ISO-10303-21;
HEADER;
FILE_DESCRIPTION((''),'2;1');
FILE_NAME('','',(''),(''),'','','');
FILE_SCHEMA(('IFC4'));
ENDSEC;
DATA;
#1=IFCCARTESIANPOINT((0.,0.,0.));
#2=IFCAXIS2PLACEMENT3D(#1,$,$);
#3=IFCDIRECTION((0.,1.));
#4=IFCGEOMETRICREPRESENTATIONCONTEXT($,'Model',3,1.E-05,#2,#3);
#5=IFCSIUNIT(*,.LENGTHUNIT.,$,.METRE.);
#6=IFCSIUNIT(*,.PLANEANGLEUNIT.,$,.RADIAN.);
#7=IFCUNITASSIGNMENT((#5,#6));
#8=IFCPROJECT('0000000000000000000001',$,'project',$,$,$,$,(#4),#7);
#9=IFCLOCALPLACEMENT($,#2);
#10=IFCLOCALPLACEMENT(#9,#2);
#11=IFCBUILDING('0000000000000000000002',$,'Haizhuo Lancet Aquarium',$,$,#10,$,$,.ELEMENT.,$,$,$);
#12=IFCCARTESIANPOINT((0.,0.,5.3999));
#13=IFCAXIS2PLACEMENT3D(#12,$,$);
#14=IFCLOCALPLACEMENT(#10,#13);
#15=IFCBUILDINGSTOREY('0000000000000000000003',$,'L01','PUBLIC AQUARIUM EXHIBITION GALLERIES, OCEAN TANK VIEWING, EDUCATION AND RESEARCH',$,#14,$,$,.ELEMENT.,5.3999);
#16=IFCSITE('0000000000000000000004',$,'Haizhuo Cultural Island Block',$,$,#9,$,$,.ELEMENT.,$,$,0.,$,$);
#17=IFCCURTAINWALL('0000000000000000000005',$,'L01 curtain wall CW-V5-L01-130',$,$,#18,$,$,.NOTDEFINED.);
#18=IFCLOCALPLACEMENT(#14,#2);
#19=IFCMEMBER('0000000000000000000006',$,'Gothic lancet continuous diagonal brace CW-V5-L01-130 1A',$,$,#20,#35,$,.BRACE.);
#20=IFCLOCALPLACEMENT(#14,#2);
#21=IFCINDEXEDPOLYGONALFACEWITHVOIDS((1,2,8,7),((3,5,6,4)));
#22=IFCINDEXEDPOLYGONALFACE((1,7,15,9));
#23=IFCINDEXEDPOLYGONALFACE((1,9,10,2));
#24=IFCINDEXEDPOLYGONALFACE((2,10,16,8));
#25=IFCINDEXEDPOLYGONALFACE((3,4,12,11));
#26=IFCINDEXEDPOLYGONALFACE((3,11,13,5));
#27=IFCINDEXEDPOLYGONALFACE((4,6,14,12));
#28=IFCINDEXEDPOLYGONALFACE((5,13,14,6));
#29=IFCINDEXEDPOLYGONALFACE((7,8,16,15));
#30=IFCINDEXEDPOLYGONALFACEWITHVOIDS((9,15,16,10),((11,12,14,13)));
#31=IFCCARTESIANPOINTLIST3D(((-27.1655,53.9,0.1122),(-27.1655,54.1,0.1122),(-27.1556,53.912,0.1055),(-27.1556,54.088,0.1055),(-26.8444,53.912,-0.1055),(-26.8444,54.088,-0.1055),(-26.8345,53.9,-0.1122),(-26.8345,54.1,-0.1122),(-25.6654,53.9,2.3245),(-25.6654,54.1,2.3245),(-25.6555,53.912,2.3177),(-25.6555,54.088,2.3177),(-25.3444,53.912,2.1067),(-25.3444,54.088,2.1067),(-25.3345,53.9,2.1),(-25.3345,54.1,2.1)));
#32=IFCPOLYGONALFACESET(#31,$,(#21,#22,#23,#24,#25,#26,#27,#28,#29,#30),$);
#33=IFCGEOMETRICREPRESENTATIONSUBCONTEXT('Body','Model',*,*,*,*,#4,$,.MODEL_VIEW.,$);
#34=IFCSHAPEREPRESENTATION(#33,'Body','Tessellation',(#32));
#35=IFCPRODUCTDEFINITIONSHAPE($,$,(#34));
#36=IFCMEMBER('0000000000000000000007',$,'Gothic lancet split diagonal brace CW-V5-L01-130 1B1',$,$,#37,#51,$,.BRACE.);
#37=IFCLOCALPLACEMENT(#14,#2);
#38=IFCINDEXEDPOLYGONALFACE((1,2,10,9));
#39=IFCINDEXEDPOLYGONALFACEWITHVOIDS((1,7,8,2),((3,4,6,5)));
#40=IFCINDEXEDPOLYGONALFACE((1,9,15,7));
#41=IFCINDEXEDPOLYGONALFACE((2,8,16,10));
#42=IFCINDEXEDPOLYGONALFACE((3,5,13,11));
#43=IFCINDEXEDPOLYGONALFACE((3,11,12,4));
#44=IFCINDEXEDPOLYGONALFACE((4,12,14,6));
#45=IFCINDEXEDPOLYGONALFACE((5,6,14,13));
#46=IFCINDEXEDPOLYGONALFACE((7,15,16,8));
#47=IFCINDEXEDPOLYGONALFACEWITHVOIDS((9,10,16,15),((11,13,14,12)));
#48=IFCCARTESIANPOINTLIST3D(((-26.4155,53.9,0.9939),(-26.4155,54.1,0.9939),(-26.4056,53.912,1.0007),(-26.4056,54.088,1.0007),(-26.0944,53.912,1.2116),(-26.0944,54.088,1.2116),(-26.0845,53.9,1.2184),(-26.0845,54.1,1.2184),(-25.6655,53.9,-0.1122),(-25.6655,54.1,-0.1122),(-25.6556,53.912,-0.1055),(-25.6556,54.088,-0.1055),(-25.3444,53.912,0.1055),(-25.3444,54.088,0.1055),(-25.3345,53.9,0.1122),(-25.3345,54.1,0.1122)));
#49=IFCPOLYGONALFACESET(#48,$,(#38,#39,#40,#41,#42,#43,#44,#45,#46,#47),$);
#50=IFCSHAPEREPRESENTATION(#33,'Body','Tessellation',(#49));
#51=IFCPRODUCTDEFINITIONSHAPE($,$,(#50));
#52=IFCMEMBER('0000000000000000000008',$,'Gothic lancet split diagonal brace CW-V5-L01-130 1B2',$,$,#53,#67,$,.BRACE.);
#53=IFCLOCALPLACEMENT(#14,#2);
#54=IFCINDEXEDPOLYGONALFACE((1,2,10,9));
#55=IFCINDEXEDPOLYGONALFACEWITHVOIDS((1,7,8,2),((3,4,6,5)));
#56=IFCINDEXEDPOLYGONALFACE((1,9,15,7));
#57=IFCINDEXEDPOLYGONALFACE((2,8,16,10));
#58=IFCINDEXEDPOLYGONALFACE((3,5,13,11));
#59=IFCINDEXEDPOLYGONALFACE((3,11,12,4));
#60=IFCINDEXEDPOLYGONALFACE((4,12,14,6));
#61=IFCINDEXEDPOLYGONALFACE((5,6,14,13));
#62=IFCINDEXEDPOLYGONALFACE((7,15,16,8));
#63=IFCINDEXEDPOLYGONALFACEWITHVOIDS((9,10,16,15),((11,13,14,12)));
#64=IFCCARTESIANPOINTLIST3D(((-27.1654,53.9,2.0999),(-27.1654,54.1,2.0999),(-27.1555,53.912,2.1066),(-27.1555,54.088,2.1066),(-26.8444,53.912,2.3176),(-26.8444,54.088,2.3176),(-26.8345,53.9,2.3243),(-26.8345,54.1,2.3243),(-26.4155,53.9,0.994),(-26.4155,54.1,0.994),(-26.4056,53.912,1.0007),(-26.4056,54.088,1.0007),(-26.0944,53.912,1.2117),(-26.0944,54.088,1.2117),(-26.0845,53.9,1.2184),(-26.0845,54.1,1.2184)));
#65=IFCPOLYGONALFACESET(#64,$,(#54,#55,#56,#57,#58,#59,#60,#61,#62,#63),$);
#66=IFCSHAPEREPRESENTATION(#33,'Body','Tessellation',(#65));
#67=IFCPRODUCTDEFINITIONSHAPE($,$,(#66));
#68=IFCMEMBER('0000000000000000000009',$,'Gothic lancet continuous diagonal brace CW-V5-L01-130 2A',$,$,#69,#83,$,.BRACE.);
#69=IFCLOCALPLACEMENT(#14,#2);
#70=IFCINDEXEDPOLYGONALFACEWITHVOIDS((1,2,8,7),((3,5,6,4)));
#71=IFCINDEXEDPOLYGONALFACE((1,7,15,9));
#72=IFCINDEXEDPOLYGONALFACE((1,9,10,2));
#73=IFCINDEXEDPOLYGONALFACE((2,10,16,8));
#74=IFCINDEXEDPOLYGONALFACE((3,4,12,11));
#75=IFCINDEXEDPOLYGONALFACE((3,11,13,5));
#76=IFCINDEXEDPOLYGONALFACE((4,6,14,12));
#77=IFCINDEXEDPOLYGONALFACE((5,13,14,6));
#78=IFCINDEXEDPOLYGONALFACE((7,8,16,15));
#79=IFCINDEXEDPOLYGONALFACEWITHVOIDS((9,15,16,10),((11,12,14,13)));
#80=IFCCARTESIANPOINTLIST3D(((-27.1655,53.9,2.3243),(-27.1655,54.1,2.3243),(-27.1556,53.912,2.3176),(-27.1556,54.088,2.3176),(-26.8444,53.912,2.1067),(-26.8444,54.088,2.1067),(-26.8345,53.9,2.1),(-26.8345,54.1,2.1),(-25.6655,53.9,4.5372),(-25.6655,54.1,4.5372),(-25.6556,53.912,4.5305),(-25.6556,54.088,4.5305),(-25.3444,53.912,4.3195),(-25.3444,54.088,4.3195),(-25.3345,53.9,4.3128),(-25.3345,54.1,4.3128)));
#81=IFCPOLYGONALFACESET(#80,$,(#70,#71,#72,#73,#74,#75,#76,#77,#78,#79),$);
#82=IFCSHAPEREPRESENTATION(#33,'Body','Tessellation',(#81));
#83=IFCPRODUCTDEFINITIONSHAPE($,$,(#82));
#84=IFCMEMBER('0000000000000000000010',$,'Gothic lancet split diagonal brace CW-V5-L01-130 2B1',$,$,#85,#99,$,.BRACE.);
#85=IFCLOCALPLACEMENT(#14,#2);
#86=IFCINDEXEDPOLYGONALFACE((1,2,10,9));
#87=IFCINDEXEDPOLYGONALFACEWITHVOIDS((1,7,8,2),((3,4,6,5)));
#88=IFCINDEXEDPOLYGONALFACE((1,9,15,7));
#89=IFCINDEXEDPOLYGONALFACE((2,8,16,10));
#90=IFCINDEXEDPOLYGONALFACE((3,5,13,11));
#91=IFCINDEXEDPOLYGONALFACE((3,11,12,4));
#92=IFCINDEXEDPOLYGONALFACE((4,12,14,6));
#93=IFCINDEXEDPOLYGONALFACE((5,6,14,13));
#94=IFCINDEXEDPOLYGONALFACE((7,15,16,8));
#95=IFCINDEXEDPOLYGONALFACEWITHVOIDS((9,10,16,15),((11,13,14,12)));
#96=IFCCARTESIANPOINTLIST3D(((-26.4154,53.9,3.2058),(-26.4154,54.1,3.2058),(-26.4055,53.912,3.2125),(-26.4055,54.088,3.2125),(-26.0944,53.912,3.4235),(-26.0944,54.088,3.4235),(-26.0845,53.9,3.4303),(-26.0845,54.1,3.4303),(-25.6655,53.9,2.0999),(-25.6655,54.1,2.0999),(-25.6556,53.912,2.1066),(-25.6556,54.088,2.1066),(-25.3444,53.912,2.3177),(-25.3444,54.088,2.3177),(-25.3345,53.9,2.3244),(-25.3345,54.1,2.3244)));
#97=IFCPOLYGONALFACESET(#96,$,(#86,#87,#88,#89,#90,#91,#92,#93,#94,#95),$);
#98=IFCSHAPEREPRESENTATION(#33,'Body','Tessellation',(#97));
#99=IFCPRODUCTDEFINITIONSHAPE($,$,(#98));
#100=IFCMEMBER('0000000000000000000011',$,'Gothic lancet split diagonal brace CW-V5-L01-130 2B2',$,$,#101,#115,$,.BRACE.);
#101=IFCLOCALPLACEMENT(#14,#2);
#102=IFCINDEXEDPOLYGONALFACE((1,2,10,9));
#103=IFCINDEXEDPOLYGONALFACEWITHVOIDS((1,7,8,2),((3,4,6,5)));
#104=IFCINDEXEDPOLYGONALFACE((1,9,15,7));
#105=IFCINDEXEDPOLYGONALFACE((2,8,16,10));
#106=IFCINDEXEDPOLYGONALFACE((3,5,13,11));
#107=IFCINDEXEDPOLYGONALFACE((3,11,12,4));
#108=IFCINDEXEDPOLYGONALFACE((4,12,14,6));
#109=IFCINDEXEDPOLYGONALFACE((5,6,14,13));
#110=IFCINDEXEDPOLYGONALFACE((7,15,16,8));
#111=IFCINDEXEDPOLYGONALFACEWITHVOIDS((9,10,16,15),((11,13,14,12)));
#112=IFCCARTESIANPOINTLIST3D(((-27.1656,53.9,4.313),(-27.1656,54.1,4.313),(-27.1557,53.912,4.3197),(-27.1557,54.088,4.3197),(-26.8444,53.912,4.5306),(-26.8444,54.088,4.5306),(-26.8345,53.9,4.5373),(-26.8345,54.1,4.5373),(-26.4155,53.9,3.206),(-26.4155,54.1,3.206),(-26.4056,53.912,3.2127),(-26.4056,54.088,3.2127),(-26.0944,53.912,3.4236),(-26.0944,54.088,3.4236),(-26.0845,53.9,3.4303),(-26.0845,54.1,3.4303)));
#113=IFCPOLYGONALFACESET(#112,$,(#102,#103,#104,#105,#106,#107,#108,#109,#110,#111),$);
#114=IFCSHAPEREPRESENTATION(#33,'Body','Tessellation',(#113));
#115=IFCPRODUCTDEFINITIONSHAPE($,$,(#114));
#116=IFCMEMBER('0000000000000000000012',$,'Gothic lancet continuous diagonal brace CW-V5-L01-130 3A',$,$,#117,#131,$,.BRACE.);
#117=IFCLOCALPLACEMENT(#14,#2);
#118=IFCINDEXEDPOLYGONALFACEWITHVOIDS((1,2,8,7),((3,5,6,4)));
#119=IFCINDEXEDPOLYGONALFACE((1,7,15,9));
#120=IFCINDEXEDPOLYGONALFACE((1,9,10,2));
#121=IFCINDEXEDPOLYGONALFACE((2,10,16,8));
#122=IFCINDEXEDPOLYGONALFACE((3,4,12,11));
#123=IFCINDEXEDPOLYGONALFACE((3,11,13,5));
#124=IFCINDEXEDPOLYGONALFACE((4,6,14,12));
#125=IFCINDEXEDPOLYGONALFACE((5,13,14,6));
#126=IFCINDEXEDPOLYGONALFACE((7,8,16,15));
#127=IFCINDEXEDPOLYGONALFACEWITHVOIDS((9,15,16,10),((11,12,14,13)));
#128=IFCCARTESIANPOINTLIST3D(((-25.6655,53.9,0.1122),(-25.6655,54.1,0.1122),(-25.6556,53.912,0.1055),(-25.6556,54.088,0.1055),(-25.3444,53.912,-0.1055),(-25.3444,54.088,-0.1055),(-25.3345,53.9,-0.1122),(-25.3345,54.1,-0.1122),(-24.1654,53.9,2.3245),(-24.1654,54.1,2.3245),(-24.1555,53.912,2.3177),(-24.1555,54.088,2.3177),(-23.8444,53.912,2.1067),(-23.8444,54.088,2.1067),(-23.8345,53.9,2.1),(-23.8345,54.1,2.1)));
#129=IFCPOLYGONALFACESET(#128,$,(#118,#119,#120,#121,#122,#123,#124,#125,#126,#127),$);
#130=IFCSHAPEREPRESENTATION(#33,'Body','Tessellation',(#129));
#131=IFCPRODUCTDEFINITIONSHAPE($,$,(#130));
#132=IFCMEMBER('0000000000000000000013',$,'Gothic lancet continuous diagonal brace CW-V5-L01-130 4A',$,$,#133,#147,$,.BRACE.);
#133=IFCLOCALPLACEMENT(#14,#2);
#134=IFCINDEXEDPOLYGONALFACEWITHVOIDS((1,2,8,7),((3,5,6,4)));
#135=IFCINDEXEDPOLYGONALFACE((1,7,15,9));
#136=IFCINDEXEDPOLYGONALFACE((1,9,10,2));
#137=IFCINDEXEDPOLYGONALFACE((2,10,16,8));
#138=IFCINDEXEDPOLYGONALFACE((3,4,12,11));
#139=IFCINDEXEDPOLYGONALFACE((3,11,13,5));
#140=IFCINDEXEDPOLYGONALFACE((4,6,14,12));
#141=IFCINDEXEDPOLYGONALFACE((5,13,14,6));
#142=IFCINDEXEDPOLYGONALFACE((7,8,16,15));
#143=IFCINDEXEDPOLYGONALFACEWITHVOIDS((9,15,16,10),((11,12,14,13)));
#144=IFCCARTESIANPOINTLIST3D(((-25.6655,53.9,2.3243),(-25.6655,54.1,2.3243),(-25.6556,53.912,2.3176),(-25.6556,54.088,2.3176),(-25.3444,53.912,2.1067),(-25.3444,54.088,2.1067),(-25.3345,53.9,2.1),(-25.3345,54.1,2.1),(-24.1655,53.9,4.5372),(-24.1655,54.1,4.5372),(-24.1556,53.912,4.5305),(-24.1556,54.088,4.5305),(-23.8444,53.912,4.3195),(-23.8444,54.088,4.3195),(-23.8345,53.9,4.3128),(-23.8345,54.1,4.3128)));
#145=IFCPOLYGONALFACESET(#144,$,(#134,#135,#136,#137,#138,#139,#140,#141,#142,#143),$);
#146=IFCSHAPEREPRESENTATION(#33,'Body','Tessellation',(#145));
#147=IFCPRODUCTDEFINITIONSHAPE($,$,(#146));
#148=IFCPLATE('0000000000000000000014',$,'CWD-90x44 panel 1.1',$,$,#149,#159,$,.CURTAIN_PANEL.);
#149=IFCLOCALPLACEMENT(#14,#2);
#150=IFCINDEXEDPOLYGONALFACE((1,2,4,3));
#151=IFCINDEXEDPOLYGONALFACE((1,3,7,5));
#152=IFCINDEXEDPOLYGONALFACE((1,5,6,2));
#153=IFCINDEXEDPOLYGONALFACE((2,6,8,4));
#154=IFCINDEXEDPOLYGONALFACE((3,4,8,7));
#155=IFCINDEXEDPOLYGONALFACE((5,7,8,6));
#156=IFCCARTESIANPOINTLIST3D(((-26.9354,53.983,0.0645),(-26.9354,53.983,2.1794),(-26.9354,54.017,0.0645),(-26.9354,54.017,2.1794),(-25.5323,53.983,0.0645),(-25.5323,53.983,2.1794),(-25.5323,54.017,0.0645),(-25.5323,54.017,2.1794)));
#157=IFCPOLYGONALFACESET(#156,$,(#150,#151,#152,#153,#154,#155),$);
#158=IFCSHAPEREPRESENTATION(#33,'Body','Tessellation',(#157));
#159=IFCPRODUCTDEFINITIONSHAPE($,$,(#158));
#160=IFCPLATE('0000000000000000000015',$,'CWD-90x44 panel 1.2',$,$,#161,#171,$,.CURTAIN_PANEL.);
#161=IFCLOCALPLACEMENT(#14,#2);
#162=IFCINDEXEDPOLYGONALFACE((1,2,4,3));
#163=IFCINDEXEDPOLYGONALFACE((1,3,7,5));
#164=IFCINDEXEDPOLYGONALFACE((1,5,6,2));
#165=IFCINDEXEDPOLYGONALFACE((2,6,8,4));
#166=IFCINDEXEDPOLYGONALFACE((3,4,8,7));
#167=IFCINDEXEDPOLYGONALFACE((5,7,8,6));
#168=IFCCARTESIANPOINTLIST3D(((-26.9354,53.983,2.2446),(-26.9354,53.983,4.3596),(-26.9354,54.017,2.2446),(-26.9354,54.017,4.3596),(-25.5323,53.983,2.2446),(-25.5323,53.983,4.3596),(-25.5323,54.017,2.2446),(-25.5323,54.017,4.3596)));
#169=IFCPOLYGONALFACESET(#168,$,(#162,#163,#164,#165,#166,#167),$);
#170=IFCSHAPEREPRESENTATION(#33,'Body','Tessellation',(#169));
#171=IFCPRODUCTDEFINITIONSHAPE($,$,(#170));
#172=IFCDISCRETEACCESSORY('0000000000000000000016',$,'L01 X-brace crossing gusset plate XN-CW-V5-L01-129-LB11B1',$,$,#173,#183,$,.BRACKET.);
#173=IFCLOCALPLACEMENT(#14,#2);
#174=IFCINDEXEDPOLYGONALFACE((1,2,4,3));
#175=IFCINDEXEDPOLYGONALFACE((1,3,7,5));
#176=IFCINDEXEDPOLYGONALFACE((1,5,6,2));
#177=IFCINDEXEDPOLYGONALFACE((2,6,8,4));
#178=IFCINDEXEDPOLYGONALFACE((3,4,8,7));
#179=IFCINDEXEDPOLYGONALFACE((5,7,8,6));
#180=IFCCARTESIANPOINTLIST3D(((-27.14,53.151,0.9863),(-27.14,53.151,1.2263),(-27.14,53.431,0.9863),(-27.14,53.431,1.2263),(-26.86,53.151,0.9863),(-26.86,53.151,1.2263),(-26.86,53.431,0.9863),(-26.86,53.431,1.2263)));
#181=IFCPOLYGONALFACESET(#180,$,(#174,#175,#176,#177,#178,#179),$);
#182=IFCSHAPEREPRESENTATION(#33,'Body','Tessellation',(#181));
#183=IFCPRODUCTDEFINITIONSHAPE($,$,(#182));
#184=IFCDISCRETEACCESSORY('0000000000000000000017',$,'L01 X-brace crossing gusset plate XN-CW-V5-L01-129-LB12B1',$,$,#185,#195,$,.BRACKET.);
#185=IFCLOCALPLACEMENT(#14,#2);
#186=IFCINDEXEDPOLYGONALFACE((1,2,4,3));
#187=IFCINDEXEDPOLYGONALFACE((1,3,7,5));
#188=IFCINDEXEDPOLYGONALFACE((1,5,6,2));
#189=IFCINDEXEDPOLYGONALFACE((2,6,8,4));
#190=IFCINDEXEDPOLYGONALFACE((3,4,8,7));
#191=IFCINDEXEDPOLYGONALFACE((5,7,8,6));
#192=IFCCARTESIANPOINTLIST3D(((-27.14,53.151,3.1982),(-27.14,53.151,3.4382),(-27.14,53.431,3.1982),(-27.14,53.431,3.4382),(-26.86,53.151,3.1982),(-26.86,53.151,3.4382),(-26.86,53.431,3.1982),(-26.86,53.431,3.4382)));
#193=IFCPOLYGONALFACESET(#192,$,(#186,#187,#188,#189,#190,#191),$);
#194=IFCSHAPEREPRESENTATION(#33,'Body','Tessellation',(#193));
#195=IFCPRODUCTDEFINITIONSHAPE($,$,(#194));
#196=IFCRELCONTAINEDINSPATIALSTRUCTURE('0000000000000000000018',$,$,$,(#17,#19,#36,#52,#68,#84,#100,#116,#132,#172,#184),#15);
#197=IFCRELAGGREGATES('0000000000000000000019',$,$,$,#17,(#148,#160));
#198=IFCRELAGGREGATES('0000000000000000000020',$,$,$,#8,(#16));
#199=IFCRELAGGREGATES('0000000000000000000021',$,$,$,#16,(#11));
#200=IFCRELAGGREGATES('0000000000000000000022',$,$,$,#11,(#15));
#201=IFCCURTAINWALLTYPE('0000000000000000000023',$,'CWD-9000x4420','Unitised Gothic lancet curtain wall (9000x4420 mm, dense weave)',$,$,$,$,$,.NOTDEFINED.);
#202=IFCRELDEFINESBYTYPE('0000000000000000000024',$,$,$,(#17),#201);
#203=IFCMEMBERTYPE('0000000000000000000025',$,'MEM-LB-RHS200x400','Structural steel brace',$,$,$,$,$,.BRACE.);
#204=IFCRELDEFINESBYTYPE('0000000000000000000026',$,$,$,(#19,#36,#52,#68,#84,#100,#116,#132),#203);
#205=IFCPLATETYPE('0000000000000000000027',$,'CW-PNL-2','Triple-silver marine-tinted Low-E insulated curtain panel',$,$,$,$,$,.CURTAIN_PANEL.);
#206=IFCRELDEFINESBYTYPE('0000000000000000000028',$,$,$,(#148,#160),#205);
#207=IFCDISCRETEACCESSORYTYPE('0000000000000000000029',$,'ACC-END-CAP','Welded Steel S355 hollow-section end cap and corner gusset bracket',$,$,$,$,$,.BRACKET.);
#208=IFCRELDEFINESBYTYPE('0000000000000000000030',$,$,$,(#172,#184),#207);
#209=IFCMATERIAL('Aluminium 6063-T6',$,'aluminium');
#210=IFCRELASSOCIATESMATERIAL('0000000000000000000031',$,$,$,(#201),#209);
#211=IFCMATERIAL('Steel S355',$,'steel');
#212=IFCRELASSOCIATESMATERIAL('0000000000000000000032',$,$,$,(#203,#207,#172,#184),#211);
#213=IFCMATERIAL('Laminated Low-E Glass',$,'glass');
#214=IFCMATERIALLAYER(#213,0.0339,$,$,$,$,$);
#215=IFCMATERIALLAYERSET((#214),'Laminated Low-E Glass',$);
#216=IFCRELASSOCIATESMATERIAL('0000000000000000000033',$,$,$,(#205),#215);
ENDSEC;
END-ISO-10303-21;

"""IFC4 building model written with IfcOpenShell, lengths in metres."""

from ifc_helpers import new_model, si_unit, direction, frame, origin, origin_2d, place, context, subcontext, project, spatial, rectangle, hollow_rectangle, extrude, material, layer, layer_set, material_profile, profile_set, type_object, element, aggregate, save


model = new_model("IFC4")

# Units and contexts
model_context = context("Model", 3, precision=1e-05, world=origin(), true_north=direction((0.0, 1.0)))
body_context = subcontext(model_context, "Body", "Model", "MODEL_VIEW")
ifc_project = project(units=[si_unit("LENGTHUNIT", "METRE"), si_unit("PLANEANGLEUNIT", "RADIAN")], contexts=[model_context])

# Site, building, storey
site_placement = place(None, origin())
site = spatial("IfcSite", under=ifc_project, at=site_placement, Name="Haizhuo Cultural Island Block", CompositionType="ELEMENT", RefElevation=0.0)
building_placement = place(site_placement, origin())
building = spatial("IfcBuilding", under=site, at=building_placement, Name="Haizhuo Lancet Aquarium", CompositionType="ELEMENT")
storey_placement = place(building_placement, frame((0.0, 0.0, 5.3999)))
storey = spatial("IfcBuildingStorey", under=building, at=storey_placement, Name="L01", Description="PUBLIC AQUARIUM EXHIBITION GALLERIES, OCEAN TANK VIEWING, EDUCATION AND RESEARCH", CompositionType="ELEMENT", Elevation=5.3999)

# Curtain wall
ifc_material_1 = material(Name="Aluminium 6063-T6", Category="aluminium")
curtain_wall_type_1 = type_object("IfcCurtainWallType", Name="CWD-9000x4420", Description="Unitised Gothic lancet curtain wall (9000x4420 mm, dense weave)", PredefinedType="NOTDEFINED", material=ifc_material_1)
curtain_wall_1_placement = place(storey_placement, origin())
curtain_wall_1 = element("IfcCurtainWall", 1, at=curtain_wall_1_placement, inside=storey, type_object=curtain_wall_type_1, Name="L01 curtain wall CW-V5-L01-130", PredefinedType="NOTDEFINED")

# Members
ifc_material_2 = material(Name="Steel S355", Category="steel")
ifc_material_profile_1 = material_profile(ifc_material_2, hollow_rectangle(XDim=0.2, YDim=0.3999, WallThickness=0.012, at=origin_2d()), Name="RHS 200x400x12")
ifc_profile_set_1 = profile_set([ifc_material_profile_1], Name="Steel S355")
member_type_1 = type_object("IfcMemberType", Name="MEM-LB-RHS200x400", Description="Structural steel brace", PredefinedType="BRACE", material=ifc_profile_set_1)
member_1_placement = place(storey_placement, frame((-27.0, 54.0, 0.0), z_axis=(0.561218, 0.0, 0.827668), x_axis=(0.0, 1.0, 0.0)))
element("IfcMember", 2, at=member_1_placement, inside=storey, type_object=member_type_1, Name="Gothic lancet continuous diagonal brace CW-V5-L01-130 1A", PredefinedType="BRACE", context=body_context, shape_type="SweptSolid", body=[
    extrude(hollow_rectangle(XDim=0.2, YDim=0.3999, WallThickness=0.012, at=origin_2d()), origin(), (0.0, 0.0, 1.0), 2.6729),
])
member_2_placement = place(storey_placement, frame((-25.5, 54.0, 0.0), z_axis=(-0.561175, 0.0, 0.827697), x_axis=(0.0, -1.0, 0.0)))
element("IfcMember", 3, at=member_2_placement, inside=storey, type_object=member_type_1, Name="Gothic lancet split diagonal brace CW-V5-L01-130 1B1", PredefinedType="BRACE", context=body_context, shape_type="SweptSolid", body=[
    extrude(hollow_rectangle(XDim=0.2, YDim=0.3999, WallThickness=0.012, at=origin_2d()), origin(), (0.0, 0.0, 1.0), 1.3364),
])
member_3_placement = place(storey_placement, frame((-26.25, 54.0, 1.1062), z_axis=(-0.56126, 0.0, 0.827639), x_axis=(0.0, -1.0, 0.0)))
element("IfcMember", 4, at=member_3_placement, inside=storey, type_object=member_type_1, Name="Gothic lancet split diagonal brace CW-V5-L01-130 1B2", PredefinedType="BRACE", context=body_context, shape_type="SweptSolid", body=[
    extrude(hollow_rectangle(XDim=0.2, YDim=0.3999, WallThickness=0.012, at=origin_2d()), origin(), (0.0, 0.0, 1.0), 1.3362),
])
member_4_placement = place(storey_placement, frame((-27.0, 54.0, 2.2122), z_axis=(0.56109, 0.0, 0.827755), x_axis=(0.0, 1.0, 0.0)))
element("IfcMember", 5, at=member_4_placement, inside=storey, type_object=member_type_1, Name="Gothic lancet continuous diagonal brace CW-V5-L01-130 2A", PredefinedType="BRACE", context=body_context, shape_type="SweptSolid", body=[
    extrude(hollow_rectangle(XDim=0.2, YDim=0.3999, WallThickness=0.012, at=origin_2d()), origin(), (0.0, 0.0, 1.0), 2.6733),
])
member_5_placement = place(storey_placement, frame((-25.5, 54.0, 2.2122), z_axis=(-0.56126, 0.0, 0.827639), x_axis=(0.0, -1.0, 0.0)))
element("IfcMember", 6, at=member_5_placement, inside=storey, type_object=member_type_1, Name="Gothic lancet split diagonal brace CW-V5-L01-130 2B1", PredefinedType="BRACE", context=body_context, shape_type="SweptSolid", body=[
    extrude(hollow_rectangle(XDim=0.2, YDim=0.3999, WallThickness=0.012, at=origin_2d()), origin(), (0.0, 0.0, 1.0), 1.3362),
])
member_6_placement = place(storey_placement, frame((-26.25, 54.0, 3.3181), z_axis=(-0.560921, 0.0, 0.827869), x_axis=(0.0, -1.0, 0.0)))
element("IfcMember", 7, at=member_6_placement, inside=storey, type_object=member_type_1, Name="Gothic lancet split diagonal brace CW-V5-L01-130 2B2", PredefinedType="BRACE", context=body_context, shape_type="SweptSolid", body=[
    extrude(hollow_rectangle(XDim=0.2, YDim=0.3999, WallThickness=0.012, at=origin_2d()), origin(), (0.0, 0.0, 1.0), 1.3372),
])
member_7_placement = place(storey_placement, frame((-25.5, 54.0, 0.0), z_axis=(0.561218, 0.0, 0.827668), x_axis=(0.0, 1.0, 0.0)))
element("IfcMember", 8, at=member_7_placement, inside=storey, type_object=member_type_1, Name="Gothic lancet continuous diagonal brace CW-V5-L01-130 3A", PredefinedType="BRACE", context=body_context, shape_type="SweptSolid", body=[
    extrude(hollow_rectangle(XDim=0.2, YDim=0.3999, WallThickness=0.012, at=origin_2d()), origin(), (0.0, 0.0, 1.0), 2.6729),
])
member_8_placement = place(storey_placement, frame((-25.5, 54.0, 2.2122), z_axis=(0.56109, 0.0, 0.827755), x_axis=(0.0, 1.0, 0.0)))
element("IfcMember", 9, at=member_8_placement, inside=storey, type_object=member_type_1, Name="Gothic lancet continuous diagonal brace CW-V5-L01-130 4A", PredefinedType="BRACE", context=body_context, shape_type="SweptSolid", body=[
    extrude(hollow_rectangle(XDim=0.2, YDim=0.3999, WallThickness=0.012, at=origin_2d()), origin(), (0.0, 0.0, 1.0), 2.6733),
])

# Plates
ifc_material_3 = material(Name="Laminated Low-E Glass", Category="glass")
ifc_layer = layer(ifc_material_3, 0.0339)
ifc_layer_set = layer_set([ifc_layer], Name="Laminated Low-E Glass")
plate_type = type_object("IfcPlateType", Name="CW-PNL-2", Description="Triple-silver marine-tinted Low-E insulated curtain panel", PredefinedType="CURTAIN_PANEL", material=ifc_layer_set)
plate_1_placement = place(storey_placement, frame((-26.2339, 54.0, 0.0645), z_axis=(0.0, 0.0, 1.0), x_axis=(1.0, 0.0, 0.0)))
plate_1 = element("IfcPlate", 10, at=plate_1_placement, type_object=plate_type, Name="CWD-90x44 panel 1.1", PredefinedType="CURTAIN_PANEL", context=body_context, shape_type="SweptSolid", body=[
    extrude(rectangle(XDim=1.4031, YDim=0.0339, at=origin_2d()), origin(), (0.0, 0.0, 1.0), 2.115),
])
plate_2_placement = place(storey_placement, frame((-26.2339, 54.0, 2.2446), z_axis=(0.0, 0.0, 1.0), x_axis=(1.0, 0.0, 0.0)))
plate_2 = element("IfcPlate", 11, at=plate_2_placement, type_object=plate_type, Name="CWD-90x44 panel 1.2", PredefinedType="CURTAIN_PANEL", context=body_context, shape_type="SweptSolid", body=[
    extrude(rectangle(XDim=1.4031, YDim=0.0339, at=origin_2d()), origin(), (0.0, 0.0, 1.0), 2.115),
])
aggregate(curtain_wall_1, [plate_1, plate_2])

# Discrete accessories
discrete_accessory_type = type_object("IfcDiscreteAccessoryType", Name="ACC-END-CAP", Description="Welded Steel S355 hollow-section end cap and corner gusset bracket", PredefinedType="BRACKET", material=ifc_material_2)
for number, where, z_axis, x_axis, name in (
    (12, (-27.0, 53.291, 0.9863), (0.0, 0.0, 1.0), (1.0, 0.0, 0.0), "L01 X-brace crossing gusset plate XN-CW-V5-L01-129-LB11B1"),
    (13, (-27.0, 53.291, 3.1982), (0.0, 0.0, 1.0), (1.0, 0.0, 0.0), "L01 X-brace crossing gusset plate XN-CW-V5-L01-129-LB12B1"),
):
    element("IfcDiscreteAccessory", number, at=place(storey_placement, frame(where, z_axis=z_axis, x_axis=x_axis)), inside=storey, type_object=discrete_accessory_type, material=ifc_material_2, Name=name, PredefinedType="BRACKET", context=body_context, shape_type="SweptSolid", body=[
        extrude(rectangle(XDim=0.28, YDim=0.28, at=origin_2d()), origin(), (0.0, 0.0, 1.0), 0.24),
    ])

save(model, "model.ifc")
